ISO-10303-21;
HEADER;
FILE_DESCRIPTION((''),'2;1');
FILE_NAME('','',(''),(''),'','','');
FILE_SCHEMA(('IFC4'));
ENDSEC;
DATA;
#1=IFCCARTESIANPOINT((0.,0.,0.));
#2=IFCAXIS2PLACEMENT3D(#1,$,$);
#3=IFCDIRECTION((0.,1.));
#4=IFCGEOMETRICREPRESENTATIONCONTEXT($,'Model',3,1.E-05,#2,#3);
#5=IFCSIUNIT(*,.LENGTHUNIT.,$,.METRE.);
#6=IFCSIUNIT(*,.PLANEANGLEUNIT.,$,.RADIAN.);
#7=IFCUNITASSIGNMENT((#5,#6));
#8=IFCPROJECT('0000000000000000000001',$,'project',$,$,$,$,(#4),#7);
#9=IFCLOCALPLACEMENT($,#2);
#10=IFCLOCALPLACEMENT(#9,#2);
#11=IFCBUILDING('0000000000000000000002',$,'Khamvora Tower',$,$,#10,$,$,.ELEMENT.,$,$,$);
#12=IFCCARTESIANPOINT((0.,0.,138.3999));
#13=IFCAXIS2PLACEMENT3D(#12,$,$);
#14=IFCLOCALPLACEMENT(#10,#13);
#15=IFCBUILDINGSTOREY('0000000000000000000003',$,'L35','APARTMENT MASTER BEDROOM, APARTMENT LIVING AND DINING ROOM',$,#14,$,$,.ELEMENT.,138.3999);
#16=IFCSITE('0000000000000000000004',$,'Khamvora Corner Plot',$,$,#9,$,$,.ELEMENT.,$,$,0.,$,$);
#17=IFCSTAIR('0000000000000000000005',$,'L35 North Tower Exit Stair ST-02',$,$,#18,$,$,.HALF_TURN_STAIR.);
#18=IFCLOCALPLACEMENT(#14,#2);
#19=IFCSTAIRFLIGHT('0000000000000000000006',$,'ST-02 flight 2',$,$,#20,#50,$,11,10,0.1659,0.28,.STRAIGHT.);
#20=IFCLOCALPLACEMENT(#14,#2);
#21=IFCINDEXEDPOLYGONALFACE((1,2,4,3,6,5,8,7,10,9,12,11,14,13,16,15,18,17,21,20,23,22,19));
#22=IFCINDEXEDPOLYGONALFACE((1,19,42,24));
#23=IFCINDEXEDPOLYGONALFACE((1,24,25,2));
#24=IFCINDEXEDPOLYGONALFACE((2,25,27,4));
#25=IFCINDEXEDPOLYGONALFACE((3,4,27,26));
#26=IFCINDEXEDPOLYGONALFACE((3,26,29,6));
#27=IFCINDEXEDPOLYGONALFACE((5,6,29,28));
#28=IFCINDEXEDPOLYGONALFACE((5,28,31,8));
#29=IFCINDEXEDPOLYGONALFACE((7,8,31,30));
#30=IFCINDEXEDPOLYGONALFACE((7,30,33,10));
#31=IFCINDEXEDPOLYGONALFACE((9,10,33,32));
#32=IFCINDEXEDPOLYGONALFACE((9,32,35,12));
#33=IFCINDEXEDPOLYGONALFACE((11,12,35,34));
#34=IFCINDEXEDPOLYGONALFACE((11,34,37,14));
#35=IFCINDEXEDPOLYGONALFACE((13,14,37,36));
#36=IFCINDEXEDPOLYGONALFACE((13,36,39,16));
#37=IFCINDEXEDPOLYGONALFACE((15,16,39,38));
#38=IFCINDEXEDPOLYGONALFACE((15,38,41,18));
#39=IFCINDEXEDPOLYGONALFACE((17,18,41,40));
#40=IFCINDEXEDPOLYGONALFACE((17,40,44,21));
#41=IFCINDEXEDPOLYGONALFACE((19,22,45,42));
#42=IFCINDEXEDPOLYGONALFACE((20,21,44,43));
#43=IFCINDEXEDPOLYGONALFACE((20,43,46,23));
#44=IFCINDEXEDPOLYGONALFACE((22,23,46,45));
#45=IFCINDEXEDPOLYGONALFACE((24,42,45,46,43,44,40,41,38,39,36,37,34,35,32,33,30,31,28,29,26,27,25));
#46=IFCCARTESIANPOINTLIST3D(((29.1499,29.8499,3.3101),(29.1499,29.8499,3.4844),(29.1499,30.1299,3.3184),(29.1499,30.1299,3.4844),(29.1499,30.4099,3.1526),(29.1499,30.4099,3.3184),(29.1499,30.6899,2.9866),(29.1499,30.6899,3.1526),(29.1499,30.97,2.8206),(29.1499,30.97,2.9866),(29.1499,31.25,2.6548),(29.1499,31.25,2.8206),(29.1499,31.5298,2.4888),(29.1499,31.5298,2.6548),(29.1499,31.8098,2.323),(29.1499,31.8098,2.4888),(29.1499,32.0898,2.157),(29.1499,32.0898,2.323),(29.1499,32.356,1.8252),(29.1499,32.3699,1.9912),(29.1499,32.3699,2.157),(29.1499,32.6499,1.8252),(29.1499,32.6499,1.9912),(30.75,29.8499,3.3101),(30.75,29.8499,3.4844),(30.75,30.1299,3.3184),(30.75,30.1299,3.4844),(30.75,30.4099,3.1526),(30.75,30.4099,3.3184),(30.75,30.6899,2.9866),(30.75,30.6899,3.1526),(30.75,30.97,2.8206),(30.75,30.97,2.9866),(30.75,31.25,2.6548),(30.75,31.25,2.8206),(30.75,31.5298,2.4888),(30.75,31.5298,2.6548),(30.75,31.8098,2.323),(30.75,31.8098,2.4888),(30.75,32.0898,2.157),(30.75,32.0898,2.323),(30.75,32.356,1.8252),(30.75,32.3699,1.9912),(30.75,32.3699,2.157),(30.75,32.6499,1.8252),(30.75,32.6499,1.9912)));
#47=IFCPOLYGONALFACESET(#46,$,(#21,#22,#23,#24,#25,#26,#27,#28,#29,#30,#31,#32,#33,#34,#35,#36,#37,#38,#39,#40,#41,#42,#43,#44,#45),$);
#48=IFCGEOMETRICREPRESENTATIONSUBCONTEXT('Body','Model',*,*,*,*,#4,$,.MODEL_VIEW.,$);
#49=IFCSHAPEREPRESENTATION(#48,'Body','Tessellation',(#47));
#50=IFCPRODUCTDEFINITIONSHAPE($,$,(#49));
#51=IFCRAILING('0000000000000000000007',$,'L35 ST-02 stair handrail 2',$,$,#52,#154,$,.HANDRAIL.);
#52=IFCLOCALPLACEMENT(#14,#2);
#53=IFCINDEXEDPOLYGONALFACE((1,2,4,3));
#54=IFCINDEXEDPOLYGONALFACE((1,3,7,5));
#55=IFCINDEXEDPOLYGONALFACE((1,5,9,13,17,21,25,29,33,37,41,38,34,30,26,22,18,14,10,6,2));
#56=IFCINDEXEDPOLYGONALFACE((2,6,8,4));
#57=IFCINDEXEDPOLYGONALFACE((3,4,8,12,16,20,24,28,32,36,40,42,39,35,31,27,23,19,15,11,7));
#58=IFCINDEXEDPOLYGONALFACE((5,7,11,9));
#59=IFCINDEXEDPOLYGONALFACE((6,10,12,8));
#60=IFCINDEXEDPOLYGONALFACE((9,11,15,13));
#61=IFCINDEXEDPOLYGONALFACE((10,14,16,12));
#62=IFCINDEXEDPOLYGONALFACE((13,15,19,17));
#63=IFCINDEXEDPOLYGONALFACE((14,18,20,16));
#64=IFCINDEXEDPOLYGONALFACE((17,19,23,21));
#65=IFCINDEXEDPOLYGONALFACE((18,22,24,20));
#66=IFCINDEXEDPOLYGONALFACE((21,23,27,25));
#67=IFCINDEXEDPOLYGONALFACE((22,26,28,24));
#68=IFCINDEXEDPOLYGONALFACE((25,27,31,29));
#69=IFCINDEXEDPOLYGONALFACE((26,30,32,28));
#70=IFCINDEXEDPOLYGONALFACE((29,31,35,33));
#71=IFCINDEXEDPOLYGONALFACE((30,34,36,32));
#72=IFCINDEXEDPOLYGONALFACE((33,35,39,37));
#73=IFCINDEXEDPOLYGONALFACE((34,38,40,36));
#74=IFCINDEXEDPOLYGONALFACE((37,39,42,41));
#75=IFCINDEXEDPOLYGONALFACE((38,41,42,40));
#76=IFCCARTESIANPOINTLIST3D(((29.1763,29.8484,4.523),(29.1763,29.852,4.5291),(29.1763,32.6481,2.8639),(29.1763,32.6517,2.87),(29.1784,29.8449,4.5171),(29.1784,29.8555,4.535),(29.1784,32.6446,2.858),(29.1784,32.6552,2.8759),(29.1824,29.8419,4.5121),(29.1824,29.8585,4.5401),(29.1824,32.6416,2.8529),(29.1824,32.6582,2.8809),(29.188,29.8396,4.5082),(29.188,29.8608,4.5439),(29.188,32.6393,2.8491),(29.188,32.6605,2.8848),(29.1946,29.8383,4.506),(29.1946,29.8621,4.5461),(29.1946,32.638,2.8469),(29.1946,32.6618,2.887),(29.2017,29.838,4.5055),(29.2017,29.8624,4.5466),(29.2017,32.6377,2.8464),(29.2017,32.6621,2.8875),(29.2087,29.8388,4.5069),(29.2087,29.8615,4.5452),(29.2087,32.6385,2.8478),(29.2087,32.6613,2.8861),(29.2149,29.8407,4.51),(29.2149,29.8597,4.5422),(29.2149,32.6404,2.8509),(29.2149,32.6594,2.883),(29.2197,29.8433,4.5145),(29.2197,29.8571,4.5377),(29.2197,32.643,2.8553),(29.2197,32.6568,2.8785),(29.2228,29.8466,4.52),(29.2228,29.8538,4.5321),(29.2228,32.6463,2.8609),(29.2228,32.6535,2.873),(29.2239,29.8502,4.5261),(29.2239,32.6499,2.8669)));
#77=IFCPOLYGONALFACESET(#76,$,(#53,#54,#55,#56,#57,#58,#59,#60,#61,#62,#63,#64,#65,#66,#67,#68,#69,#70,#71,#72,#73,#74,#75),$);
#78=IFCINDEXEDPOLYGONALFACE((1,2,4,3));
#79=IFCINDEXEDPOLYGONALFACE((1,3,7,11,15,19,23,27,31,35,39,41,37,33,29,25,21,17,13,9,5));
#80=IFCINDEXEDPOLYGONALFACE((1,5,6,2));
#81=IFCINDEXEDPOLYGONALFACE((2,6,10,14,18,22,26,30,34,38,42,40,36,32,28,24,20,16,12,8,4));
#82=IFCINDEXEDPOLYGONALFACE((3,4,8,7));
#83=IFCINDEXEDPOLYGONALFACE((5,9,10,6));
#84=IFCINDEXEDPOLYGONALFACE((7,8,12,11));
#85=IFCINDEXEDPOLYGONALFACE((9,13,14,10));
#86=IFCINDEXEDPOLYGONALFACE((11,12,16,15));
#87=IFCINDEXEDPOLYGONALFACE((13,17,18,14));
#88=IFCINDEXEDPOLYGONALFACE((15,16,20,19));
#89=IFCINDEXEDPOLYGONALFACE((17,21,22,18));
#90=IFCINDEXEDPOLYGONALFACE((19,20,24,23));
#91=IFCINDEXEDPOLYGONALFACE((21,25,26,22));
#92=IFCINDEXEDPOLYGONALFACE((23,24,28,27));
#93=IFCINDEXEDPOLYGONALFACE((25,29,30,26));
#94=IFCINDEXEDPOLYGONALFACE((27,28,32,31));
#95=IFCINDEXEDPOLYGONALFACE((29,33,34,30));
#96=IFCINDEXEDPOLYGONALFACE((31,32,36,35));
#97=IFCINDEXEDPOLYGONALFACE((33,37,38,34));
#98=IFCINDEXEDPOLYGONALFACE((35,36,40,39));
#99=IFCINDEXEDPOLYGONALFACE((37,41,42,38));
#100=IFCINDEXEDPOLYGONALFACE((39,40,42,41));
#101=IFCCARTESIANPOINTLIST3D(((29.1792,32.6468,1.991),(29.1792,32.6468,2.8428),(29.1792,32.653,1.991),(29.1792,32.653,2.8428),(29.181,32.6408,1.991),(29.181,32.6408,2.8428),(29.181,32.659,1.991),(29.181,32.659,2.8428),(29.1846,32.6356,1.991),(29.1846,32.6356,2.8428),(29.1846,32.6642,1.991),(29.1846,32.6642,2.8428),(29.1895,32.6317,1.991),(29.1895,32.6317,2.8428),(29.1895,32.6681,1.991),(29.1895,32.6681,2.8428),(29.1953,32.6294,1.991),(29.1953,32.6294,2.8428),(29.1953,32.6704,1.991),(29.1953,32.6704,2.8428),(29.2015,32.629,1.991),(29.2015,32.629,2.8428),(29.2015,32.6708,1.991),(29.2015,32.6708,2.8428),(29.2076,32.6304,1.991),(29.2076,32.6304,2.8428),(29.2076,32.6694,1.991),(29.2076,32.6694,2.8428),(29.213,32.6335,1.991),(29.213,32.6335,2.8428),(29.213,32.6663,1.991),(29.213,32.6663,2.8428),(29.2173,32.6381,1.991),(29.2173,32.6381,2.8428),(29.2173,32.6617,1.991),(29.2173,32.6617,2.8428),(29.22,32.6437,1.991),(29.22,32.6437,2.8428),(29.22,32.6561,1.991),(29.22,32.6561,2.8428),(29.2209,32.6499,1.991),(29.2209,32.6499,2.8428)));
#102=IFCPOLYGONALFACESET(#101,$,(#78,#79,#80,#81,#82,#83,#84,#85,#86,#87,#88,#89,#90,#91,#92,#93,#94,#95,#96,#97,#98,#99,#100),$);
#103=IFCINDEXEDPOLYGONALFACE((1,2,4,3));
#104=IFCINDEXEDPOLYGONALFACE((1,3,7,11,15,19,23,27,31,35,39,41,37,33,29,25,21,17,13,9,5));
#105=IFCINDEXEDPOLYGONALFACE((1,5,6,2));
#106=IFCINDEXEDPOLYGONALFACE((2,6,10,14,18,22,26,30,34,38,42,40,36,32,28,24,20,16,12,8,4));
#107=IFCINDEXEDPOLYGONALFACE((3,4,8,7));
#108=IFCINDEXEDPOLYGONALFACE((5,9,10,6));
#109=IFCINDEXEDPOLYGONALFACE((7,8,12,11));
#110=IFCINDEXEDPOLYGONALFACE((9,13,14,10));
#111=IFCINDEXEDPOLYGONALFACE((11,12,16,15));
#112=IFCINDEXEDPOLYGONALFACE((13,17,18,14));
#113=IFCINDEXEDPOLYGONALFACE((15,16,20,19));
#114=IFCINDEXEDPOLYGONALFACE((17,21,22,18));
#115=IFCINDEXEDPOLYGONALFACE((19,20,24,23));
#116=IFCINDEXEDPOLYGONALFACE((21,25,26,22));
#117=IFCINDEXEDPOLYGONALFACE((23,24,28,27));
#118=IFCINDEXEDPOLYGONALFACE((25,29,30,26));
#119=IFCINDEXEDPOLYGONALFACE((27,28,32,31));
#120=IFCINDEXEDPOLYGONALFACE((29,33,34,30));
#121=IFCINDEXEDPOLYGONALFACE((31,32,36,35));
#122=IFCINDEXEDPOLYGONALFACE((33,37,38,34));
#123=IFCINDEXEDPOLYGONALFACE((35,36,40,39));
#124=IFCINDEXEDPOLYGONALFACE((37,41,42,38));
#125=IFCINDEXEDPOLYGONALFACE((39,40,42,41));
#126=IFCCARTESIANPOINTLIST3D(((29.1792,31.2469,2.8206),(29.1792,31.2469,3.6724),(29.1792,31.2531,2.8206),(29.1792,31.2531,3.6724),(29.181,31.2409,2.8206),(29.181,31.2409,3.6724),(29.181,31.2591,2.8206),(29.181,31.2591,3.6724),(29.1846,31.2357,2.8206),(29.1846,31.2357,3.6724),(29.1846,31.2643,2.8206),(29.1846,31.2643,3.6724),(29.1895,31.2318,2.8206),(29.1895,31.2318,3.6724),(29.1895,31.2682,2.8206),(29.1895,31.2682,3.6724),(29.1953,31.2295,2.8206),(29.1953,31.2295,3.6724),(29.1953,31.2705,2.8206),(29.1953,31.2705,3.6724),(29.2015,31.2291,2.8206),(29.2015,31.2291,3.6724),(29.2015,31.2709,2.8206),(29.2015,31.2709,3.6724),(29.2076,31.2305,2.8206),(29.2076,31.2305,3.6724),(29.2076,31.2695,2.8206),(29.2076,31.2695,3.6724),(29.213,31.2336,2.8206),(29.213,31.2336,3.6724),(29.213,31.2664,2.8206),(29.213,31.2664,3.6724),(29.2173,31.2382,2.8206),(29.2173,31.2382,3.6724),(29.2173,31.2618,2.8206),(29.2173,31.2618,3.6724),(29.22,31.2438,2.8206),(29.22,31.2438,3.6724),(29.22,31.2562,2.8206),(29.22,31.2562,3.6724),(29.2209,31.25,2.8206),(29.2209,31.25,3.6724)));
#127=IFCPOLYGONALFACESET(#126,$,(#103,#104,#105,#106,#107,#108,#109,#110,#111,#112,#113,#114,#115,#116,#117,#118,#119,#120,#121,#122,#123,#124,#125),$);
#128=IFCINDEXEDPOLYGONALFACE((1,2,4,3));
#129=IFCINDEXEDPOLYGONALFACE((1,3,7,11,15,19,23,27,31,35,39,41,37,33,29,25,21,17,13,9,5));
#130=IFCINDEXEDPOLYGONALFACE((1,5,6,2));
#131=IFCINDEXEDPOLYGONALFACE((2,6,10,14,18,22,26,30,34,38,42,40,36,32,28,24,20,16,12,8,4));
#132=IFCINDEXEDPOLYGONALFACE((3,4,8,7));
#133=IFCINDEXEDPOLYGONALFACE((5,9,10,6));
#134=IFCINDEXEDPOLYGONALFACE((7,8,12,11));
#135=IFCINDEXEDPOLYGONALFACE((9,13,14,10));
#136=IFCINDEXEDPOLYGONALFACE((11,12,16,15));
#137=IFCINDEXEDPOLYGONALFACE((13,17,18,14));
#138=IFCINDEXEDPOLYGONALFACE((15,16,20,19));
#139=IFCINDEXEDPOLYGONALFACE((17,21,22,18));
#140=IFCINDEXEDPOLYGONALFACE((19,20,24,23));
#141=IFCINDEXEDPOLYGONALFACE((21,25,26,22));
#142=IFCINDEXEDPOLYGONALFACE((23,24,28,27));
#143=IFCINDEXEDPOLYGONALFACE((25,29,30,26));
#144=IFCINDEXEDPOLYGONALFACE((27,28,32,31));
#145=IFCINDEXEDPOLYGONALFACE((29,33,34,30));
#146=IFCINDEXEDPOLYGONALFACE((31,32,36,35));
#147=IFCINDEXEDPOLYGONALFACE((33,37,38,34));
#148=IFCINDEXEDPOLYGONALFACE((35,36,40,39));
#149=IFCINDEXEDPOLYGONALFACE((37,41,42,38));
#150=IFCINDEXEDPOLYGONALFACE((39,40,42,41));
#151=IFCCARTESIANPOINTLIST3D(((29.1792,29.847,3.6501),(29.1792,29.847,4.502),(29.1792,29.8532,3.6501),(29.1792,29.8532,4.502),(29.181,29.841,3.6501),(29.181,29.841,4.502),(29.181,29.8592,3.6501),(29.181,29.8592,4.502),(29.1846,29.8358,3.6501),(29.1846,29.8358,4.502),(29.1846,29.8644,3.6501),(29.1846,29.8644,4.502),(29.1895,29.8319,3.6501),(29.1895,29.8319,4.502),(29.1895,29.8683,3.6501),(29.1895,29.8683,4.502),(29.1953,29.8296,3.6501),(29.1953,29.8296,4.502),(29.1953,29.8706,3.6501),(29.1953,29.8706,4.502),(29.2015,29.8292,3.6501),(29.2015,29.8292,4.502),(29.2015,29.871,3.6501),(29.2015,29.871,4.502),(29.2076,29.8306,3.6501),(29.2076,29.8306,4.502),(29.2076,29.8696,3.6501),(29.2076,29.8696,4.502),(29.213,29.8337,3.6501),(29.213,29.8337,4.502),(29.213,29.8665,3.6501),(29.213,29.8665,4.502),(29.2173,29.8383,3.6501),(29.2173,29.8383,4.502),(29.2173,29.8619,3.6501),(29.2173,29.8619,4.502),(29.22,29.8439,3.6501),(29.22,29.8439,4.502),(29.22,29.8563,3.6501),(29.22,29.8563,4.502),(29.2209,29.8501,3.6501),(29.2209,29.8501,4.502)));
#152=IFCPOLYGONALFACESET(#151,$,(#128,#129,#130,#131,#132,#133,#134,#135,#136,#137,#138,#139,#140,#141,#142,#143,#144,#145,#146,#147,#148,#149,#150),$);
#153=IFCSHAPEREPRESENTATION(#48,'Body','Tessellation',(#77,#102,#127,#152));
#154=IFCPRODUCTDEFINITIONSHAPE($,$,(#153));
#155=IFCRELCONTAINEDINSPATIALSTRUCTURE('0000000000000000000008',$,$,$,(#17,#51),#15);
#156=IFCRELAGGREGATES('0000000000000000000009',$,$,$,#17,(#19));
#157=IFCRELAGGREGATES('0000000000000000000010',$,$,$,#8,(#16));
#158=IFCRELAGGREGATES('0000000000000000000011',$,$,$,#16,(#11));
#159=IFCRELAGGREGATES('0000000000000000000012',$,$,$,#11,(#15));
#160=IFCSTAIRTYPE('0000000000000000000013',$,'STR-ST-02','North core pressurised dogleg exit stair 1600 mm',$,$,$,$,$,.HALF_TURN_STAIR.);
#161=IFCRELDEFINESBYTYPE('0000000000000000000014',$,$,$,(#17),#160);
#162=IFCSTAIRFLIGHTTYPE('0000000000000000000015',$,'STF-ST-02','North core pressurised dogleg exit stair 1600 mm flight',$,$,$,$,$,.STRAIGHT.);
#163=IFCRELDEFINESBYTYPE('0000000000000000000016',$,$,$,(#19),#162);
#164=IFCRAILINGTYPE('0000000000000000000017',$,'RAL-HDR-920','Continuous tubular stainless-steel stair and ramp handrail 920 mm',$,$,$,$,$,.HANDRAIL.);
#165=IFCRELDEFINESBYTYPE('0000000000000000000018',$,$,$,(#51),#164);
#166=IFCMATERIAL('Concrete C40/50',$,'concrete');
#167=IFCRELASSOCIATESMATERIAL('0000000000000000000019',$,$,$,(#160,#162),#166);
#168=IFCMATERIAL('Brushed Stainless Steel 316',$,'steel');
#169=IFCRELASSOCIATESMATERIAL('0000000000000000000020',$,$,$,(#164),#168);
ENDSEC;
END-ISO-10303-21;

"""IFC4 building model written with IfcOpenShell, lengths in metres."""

from ifc_helpers import new_model, si_unit, direction, frame, origin, origin_2d, place, context, subcontext, project, spatial, polyline, circle, outline, extrude, material, type_object, element, aggregate, save


model = new_model("IFC4")

# Units and contexts
model_context = context("Model", 3, precision=1e-05, world=origin(), true_north=direction((0.0, 1.0)))
body_context = subcontext(model_context, "Body", "Model", "MODEL_VIEW")
ifc_project = project(units=[si_unit("LENGTHUNIT", "METRE"), si_unit("PLANEANGLEUNIT", "RADIAN")], contexts=[model_context])

# Site, building, storey
site_placement = place(None, origin())
site = spatial("IfcSite", under=ifc_project, at=site_placement, Name="Khamvora Corner Plot", CompositionType="ELEMENT", RefElevation=0.0)
building_placement = place(site_placement, origin())
building = spatial("IfcBuilding", under=site, at=building_placement, Name="Khamvora Tower", CompositionType="ELEMENT")
storey_placement = place(building_placement, frame((0.0, 0.0, 138.3999)))
storey = spatial("IfcBuildingStorey", under=building, at=storey_placement, Name="L35", Description="APARTMENT MASTER BEDROOM, APARTMENT LIVING AND DINING ROOM", CompositionType="ELEMENT", Elevation=138.3999)

# Stair, stair flight
ifc_material_1 = material(Name="Concrete C40/50", Category="concrete")
stair_type = type_object("IfcStairType", Name="STR-ST-02", Description="North core pressurised dogleg exit stair 1600 mm", PredefinedType="HALF_TURN_STAIR", material=ifc_material_1)
stair_placement = place(storey_placement, origin())
stair = element("IfcStair", 1, at=stair_placement, inside=storey, type_object=stair_type, Name="L35 North Tower Exit Stair ST-02", PredefinedType="HALF_TURN_STAIR")
stair_flight_type = type_object("IfcStairFlightType", Name="STF-ST-02", Description="North core pressurised dogleg exit stair 1600 mm flight", PredefinedType="STRAIGHT", material=ifc_material_1)
stair_flight_placement = place(storey_placement, frame((29.95, 32.6499, 1.8252), z_axis=(0.0, 0.0, 1.0), x_axis=(0.0, -1.0, 0.0)))
stair_flight = element("IfcStairFlight", 2, at=stair_flight_placement, type_object=stair_flight_type, Name="ST-02 flight 2", NumberOfRisers=11, NumberOfTreads=10, PredefinedType="STRAIGHT", RiserHeight=0.1659, TreadLength=0.28, context=body_context, shape_type="SweptSolid", body=[
    extrude(outline(polyline([(0.0, 0.0), (0.0, 0.166), (0.28, 0.166), (0.28, 0.3318), (0.5601, 0.3318), (0.5601, 0.4978), (0.8401, 0.4978), (0.8401, 0.6636), (1.1201, 0.6636), (1.1201, 0.8296), (1.3999, 0.8296), (1.3999, 0.9954), (1.6799, 0.9954), (1.6799, 1.1614), (1.96, 1.1614), (1.96, 1.3274), (2.24, 1.3274), (2.24, 1.4932), (2.52, 1.4932), (2.52, 1.6592), (2.8, 1.6592), (2.8, 1.825), (2.8, 1.4849), (0.2939, 0.0), (0.0, 0.0)])), frame((0.0, 0.8, 0.0), z_axis=(0.0, -1.0, 0.0), x_axis=(1.0, 0.0, 0.0)), (0.0, 0.0, 1.0), 1.6001),
])
aggregate(stair, [stair_flight])

# Railing
ifc_material_2 = material(Name="Brushed Stainless Steel 316", Category="steel")
railing_type_1 = type_object("IfcRailingType", Name="RAL-HDR-920", Description="Continuous tubular stainless-steel stair and ramp handrail 920 mm", PredefinedType="HANDRAIL", material=ifc_material_2)
railing_1_placement = place(storey_placement, frame((29.2, 32.6499, 1.991)))
element("IfcRailing", 3, at=railing_1_placement, inside=storey, type_object=railing_type_1, Name="L35 ST-02 stair handrail 2", PredefinedType="HANDRAIL", context=body_context, shape_type="SweptSolid", body=[
    extrude(circle(Radius=0.0239, at=origin_2d()), frame((0.0, 0.0, 0.876), z_axis=(0.0, -0.860287, 0.509811), x_axis=(1.0, 0.0, 0.0)), (0.0, 0.0, 1.0), 3.2544),
    extrude(circle(Radius=0.021, at=origin_2d()), origin(), (0.0, 0.0, 1.0), 0.8518),
    extrude(circle(Radius=0.021, at=origin_2d()), frame((0.0, -1.3999, 0.8296)), (0.0, 0.0, 1.0), 0.8518),
    extrude(circle(Radius=0.021, at=origin_2d()), frame((0.0, -2.7998, 1.6592)), (0.0, 0.0, 1.0), 0.8518),
])

save(model, "model.ifc")
